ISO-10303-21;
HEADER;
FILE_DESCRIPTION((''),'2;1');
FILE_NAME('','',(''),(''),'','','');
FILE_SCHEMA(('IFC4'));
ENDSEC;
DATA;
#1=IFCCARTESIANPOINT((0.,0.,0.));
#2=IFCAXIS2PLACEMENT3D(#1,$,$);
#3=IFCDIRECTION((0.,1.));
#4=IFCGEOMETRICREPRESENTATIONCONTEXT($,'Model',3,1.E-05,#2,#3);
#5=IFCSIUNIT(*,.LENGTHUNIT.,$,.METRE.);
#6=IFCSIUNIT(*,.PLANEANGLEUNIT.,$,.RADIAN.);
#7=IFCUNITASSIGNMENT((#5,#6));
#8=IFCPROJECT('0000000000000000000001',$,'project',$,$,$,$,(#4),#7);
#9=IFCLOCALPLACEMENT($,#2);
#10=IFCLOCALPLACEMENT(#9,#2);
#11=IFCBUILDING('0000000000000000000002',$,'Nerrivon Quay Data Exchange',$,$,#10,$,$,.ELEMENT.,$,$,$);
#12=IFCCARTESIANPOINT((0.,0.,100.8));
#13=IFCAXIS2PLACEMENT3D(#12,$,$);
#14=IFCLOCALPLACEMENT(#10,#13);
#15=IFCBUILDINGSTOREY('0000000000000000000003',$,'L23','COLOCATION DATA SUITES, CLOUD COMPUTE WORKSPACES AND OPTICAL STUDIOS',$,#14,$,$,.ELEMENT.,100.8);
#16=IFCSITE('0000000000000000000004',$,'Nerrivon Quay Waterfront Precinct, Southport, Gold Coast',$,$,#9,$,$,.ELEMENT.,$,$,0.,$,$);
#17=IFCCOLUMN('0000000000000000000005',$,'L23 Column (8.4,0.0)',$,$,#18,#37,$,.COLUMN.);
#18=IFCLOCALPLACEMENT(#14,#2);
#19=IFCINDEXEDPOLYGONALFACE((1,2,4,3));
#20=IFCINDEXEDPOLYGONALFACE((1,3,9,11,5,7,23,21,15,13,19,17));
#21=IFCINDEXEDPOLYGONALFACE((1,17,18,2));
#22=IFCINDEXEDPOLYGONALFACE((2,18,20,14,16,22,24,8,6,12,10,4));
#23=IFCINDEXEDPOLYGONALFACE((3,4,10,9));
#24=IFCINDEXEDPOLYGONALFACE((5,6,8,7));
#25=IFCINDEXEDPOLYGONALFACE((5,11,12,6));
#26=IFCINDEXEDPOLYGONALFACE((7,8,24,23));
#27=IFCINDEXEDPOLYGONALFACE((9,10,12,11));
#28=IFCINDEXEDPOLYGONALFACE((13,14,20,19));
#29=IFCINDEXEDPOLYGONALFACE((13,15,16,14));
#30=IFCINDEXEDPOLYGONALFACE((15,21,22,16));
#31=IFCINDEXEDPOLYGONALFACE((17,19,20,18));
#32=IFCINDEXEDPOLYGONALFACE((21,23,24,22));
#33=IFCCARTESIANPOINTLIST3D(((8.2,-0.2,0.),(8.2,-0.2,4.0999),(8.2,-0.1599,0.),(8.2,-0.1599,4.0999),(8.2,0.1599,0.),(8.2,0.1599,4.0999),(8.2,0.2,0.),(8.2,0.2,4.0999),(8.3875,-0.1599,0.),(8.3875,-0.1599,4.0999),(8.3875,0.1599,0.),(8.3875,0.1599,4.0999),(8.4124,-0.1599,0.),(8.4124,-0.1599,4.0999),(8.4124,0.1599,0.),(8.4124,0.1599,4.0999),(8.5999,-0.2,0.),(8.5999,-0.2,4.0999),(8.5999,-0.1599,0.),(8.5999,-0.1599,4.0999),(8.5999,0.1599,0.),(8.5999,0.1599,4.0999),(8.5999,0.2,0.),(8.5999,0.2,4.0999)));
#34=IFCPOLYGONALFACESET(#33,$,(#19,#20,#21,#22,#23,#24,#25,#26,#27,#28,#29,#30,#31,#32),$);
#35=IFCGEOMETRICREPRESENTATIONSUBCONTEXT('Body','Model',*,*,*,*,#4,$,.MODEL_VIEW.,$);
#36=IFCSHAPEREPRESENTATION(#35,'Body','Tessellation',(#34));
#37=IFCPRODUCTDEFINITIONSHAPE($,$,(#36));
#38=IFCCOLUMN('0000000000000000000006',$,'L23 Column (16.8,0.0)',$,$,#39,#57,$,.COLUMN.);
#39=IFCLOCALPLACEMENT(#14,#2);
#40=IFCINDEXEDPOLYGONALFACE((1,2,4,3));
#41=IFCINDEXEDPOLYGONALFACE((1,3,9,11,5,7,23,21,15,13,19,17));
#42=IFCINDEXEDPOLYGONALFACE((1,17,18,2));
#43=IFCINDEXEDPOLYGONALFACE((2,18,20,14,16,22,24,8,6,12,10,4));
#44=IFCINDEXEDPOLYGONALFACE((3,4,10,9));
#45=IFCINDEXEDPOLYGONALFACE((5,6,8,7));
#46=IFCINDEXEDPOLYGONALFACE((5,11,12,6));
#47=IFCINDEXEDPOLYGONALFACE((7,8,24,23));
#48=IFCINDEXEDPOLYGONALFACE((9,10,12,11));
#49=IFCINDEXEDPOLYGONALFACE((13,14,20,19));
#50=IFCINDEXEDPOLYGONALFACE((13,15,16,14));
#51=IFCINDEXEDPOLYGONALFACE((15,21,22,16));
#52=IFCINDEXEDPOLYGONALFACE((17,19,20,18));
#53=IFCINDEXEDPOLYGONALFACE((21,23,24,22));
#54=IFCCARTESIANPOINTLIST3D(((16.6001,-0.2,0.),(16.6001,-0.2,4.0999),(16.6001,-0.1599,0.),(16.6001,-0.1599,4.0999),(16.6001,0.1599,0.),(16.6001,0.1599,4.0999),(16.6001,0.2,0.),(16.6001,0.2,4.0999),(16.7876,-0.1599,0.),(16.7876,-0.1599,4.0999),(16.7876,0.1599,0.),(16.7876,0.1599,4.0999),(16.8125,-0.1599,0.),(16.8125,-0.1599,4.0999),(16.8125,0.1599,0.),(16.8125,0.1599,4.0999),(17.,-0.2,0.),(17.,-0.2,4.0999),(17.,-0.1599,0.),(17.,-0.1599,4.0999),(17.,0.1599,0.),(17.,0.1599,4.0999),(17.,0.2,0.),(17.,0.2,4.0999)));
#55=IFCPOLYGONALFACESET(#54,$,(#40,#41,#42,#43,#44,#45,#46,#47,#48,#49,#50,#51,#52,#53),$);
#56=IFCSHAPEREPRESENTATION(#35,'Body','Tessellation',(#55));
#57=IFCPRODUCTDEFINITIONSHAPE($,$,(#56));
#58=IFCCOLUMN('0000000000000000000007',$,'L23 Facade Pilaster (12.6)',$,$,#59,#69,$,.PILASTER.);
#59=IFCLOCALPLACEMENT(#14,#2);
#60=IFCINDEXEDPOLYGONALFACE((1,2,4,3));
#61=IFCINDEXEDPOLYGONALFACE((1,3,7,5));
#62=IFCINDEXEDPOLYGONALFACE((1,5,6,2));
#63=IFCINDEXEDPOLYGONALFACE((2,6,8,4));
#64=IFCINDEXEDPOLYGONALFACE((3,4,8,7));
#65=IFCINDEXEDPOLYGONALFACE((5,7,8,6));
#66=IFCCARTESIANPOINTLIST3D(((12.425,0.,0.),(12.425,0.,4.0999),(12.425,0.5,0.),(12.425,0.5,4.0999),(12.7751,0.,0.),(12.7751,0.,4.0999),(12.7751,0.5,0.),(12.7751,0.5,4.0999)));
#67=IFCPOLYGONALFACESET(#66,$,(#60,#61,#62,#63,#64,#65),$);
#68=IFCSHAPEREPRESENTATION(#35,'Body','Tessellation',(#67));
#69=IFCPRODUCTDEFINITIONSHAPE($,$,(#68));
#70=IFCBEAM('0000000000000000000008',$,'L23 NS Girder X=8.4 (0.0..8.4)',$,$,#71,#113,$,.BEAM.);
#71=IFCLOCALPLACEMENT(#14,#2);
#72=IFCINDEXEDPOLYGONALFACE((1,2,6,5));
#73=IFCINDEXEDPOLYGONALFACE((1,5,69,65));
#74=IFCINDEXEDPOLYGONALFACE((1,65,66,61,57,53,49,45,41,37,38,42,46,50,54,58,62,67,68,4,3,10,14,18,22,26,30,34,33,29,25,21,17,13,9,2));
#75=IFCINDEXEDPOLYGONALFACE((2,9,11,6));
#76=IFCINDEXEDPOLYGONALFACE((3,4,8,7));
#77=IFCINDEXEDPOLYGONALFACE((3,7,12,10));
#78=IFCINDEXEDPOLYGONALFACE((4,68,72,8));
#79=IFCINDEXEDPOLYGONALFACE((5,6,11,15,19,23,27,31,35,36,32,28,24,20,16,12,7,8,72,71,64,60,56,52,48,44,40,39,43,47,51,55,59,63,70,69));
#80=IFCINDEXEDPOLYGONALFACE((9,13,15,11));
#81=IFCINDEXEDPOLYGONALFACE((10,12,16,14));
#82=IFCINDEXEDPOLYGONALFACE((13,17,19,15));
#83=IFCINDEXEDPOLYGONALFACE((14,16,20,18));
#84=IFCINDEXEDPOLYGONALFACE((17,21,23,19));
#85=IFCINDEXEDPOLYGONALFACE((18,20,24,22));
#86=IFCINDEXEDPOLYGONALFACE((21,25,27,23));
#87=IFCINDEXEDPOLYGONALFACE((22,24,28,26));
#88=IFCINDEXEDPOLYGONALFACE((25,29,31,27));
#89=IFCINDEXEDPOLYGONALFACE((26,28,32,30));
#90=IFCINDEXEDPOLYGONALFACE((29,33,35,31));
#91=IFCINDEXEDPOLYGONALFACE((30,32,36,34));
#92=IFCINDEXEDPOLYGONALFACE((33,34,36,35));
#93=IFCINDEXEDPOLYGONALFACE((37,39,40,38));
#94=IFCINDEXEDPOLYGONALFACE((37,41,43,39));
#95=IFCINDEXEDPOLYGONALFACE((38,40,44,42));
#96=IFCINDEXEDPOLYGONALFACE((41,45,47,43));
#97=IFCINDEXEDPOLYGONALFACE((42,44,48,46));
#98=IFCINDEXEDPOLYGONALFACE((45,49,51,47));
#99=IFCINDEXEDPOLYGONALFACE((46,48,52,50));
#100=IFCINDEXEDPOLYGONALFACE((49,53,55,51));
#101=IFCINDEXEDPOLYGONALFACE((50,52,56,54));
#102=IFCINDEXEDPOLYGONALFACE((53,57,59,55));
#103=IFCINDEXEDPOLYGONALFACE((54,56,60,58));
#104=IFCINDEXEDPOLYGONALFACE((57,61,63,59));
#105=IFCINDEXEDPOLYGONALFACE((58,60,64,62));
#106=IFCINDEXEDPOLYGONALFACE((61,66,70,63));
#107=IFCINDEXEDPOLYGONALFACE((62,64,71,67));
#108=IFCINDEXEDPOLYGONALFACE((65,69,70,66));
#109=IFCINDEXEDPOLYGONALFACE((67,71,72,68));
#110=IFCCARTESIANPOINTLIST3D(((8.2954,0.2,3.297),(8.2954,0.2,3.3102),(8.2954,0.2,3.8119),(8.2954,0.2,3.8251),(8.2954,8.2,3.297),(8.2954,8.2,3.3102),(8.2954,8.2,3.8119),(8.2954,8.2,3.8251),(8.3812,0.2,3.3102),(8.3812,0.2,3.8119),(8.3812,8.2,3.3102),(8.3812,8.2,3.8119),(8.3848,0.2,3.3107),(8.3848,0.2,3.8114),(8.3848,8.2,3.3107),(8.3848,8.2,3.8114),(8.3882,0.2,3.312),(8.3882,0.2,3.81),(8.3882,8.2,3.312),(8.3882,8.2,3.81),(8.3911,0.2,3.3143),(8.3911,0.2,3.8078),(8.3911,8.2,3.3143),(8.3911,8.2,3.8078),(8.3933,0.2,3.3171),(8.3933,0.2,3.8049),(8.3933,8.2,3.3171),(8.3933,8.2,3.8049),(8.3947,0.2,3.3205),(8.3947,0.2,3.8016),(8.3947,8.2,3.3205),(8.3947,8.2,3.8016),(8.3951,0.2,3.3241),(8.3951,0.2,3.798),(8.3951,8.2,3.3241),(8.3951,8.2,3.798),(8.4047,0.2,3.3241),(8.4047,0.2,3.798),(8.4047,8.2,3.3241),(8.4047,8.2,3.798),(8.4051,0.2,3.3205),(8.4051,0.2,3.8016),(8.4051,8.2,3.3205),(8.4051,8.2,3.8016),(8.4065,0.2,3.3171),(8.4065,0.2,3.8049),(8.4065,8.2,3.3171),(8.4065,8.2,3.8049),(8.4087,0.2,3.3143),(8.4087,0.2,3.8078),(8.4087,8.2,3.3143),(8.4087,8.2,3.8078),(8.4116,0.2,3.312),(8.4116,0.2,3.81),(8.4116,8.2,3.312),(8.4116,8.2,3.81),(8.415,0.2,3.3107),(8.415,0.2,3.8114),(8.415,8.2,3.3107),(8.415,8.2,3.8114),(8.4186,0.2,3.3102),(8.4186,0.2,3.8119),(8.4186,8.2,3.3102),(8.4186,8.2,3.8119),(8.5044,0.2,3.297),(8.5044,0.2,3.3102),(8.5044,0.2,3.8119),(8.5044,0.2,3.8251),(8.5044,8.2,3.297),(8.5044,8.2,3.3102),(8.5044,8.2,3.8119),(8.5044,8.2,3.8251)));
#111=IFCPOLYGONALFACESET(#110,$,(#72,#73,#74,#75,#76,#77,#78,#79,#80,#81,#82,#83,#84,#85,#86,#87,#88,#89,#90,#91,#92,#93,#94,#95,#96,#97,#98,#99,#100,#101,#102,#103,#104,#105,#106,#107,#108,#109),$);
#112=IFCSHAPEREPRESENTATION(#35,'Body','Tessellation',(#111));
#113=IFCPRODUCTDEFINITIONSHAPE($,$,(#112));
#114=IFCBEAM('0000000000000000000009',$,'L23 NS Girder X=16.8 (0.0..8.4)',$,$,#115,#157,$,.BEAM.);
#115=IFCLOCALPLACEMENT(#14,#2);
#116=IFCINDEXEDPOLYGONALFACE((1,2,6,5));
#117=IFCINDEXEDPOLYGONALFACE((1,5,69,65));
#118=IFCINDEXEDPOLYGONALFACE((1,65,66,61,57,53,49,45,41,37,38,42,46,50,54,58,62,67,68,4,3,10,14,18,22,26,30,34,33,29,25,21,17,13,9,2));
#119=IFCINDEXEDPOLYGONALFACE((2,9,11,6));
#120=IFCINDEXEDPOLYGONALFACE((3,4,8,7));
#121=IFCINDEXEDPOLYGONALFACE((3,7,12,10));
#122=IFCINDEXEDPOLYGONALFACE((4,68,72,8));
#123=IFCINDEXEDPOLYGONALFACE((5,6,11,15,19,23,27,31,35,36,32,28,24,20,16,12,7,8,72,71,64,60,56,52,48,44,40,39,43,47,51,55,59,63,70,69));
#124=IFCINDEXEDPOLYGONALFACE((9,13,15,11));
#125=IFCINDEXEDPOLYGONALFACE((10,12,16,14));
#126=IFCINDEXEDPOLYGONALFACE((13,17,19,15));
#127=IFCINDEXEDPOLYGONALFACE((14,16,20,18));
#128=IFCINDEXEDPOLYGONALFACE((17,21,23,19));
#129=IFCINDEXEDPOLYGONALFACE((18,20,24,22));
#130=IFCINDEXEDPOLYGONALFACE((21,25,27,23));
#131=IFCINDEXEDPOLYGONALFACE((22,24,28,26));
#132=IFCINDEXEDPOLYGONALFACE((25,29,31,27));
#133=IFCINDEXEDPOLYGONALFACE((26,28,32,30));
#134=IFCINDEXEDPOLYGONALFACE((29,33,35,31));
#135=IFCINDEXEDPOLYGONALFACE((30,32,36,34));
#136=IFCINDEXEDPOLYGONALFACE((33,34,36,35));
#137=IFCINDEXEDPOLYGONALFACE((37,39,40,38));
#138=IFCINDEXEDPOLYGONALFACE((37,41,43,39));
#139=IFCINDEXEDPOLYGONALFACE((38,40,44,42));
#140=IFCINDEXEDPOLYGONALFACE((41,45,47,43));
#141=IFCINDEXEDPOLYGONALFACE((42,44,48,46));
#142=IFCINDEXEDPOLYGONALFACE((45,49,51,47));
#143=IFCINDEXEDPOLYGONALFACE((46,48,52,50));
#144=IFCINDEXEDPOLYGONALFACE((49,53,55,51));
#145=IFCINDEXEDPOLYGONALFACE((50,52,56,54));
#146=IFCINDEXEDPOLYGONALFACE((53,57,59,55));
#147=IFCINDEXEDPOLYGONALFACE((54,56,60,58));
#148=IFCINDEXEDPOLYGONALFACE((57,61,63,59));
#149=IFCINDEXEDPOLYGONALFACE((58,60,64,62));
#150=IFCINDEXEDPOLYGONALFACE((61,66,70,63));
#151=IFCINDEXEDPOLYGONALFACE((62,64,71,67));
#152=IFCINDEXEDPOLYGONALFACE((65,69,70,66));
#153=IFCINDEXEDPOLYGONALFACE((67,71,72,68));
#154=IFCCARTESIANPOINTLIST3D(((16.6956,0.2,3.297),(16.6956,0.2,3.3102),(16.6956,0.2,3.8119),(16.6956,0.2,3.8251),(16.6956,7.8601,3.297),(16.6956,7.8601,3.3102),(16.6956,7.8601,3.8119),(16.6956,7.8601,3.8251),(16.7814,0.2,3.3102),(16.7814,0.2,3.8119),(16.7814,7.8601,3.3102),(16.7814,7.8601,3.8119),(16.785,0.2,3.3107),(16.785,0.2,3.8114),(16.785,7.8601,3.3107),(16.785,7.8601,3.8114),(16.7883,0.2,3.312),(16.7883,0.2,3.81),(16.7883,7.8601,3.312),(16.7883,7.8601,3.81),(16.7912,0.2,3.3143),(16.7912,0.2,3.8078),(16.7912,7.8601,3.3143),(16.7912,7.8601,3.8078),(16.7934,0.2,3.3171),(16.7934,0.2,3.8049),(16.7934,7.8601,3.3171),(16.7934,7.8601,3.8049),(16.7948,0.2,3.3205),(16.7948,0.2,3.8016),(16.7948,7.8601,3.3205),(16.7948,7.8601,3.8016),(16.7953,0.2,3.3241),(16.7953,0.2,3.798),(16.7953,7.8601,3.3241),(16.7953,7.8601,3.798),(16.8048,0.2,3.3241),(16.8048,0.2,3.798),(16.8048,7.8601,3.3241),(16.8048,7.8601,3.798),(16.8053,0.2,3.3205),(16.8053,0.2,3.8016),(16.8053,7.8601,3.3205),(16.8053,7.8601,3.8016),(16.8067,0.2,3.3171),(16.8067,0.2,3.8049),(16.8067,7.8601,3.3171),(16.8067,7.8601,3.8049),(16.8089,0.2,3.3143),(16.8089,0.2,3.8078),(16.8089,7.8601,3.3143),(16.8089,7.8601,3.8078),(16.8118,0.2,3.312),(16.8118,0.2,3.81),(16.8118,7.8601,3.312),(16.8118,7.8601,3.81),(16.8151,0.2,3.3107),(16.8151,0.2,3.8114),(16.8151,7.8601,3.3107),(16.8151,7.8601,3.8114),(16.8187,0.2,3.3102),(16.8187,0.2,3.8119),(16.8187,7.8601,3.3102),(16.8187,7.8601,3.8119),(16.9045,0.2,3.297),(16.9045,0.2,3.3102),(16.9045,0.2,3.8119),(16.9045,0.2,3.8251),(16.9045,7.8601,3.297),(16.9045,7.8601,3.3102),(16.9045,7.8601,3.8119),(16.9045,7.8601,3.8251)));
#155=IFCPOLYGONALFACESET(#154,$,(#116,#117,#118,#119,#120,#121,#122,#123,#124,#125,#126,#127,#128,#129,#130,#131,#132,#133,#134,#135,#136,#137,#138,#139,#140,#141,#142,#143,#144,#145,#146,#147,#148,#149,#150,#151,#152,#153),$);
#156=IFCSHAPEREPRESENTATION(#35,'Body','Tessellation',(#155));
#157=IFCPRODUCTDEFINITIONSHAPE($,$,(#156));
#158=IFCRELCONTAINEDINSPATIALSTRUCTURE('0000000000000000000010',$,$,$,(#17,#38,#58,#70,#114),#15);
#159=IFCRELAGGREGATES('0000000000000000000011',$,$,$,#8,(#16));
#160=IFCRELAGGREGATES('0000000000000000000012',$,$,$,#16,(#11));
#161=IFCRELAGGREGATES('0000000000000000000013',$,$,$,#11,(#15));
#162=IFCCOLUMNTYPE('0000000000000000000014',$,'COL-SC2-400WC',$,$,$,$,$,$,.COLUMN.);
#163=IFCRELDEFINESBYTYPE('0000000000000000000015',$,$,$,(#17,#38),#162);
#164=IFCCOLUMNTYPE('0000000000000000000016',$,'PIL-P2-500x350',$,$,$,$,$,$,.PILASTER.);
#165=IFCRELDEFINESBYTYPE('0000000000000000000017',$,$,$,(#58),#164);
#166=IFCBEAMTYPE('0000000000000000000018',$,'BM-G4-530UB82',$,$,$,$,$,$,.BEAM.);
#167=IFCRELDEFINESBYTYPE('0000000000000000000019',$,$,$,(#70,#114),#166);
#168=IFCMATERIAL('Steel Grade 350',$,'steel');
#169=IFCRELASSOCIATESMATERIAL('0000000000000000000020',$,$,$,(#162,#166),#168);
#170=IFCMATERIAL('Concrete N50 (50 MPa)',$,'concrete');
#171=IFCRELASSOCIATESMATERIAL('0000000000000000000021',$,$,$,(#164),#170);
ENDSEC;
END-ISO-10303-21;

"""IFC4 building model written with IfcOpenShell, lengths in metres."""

from ifc_helpers import new_model, si_unit, direction, frame, origin, origin_2d, place, context, subcontext, project, spatial, rectangle, i_section, extrude, material, material_profile, profile_set, type_object, element, save


model = new_model("IFC4")

# Units and contexts
model_context = context("Model", 3, precision=1e-05, world=origin(), true_north=direction((0.0, 1.0)))
body_context = subcontext(model_context, "Body", "Model", "MODEL_VIEW")
ifc_project = project(units=[si_unit("LENGTHUNIT", "METRE"), si_unit("PLANEANGLEUNIT", "RADIAN")], contexts=[model_context])

# Site, building, storey
site_placement = place(None, origin())
site = spatial("IfcSite", under=ifc_project, at=site_placement, Name="Nerrivon Quay Waterfront Precinct, Southport, Gold Coast", CompositionType="ELEMENT", RefElevation=0.0)
building_placement = place(site_placement, origin())
building = spatial("IfcBuilding", under=site, at=building_placement, Name="Nerrivon Quay Data Exchange", CompositionType="ELEMENT")
storey_placement = place(building_placement, frame((0.0, 0.0, 100.8)))
storey = spatial("IfcBuildingStorey", under=building, at=storey_placement, Name="L23", Description="COLOCATION DATA SUITES, CLOUD COMPUTE WORKSPACES AND OPTICAL STUDIOS", CompositionType="ELEMENT", Elevation=100.8)

# Columns
ifc_material_1 = material(Name="Steel Grade 350", Category="steel")
ifc_material_profile_1 = material_profile(ifc_material_1, i_section(OverallWidth=0.3999, OverallDepth=0.3999, WebThickness=0.0249, FlangeThickness=0.04, at=origin_2d()), Name="400WC328")
ifc_profile_set_1 = profile_set([ifc_material_profile_1], Name="Steel Grade 350")
column_type_1 = type_object("IfcColumnType", Name="COL-SC2-400WC", PredefinedType="COLUMN", material=ifc_profile_set_1)
for number, where, z_axis, x_axis, name in (
    (1, (8.3999, 0.0, 0.0), (0.0, 0.0, 1.0), (1.0, 0.0, 0.0), "L23 Column (8.4,0.0)"),
    (2, (16.8, 0.0, 0.0), (0.0, 0.0, 1.0), (1.0, 0.0, 0.0), "L23 Column (16.8,0.0)"),
):
    element("IfcColumn", number, at=place(storey_placement, frame(where, z_axis=z_axis, x_axis=x_axis)), inside=storey, type_object=column_type_1, Name=name, PredefinedType="COLUMN", context=body_context, shape_type="SweptSolid", body=[
        extrude(i_section(OverallWidth=0.3999, OverallDepth=0.3999, WebThickness=0.0249, FlangeThickness=0.04, at=origin_2d()), origin(), (0.0, 0.0, 1.0), 4.0999),
    ])
ifc_material_2 = material(Name="Concrete N50 (50 MPa)", Category="concrete")
ifc_material_profile_2 = material_profile(ifc_material_2, rectangle(XDim=0.3501, YDim=0.5, at=origin_2d()), Name="RC-PIL-500x350")
ifc_profile_set_2 = profile_set([ifc_material_profile_2], Name="Concrete N50 (50 MPa)")
column_type_2 = type_object("IfcColumnType", Name="PIL-P2-500x350", PredefinedType="PILASTER", material=ifc_profile_set_2)
column_placement = place(storey_placement, frame((12.6001, 0.25, 0.0), z_axis=(0.0, 0.0, 1.0), x_axis=(1.0, 0.0, 0.0)))
element("IfcColumn", 3, at=column_placement, inside=storey, type_object=column_type_2, Name="L23 Facade Pilaster (12.6)", PredefinedType="PILASTER", context=body_context, shape_type="SweptSolid", body=[
    extrude(rectangle(XDim=0.3501, YDim=0.5, at=origin_2d()), origin(), (0.0, 0.0, 1.0), 4.0999),
])

# Beams
ifc_material_profile_3 = material_profile(ifc_material_1, i_section(OverallWidth=0.209, OverallDepth=0.5281, WebThickness=0.0095, FlangeThickness=0.0132, FilletRadius=0.0139, at=origin_2d()), Name="530UB82.0")
ifc_profile_set_3 = profile_set([ifc_material_profile_3], Name="Steel Grade 350")
beam_type_1 = type_object("IfcBeamType", Name="BM-G4-530UB82", PredefinedType="BEAM", material=ifc_profile_set_3)
beam_1_placement = place(storey_placement, frame((8.3999, 0.2, 3.561), z_axis=(0.0, 1.0, 0.0), x_axis=(-1.0, 0.0, 0.0)))
element("IfcBeam", 4, at=beam_1_placement, inside=storey, type_object=beam_type_1, Name="L23 NS Girder X=8.4 (0.0..8.4)", PredefinedType="BEAM", context=body_context, shape_type="SweptSolid", body=[
    extrude(i_section(OverallWidth=0.209, OverallDepth=0.5281, WebThickness=0.0095, FlangeThickness=0.0132, FilletRadius=0.0139, at=origin_2d()), origin(), (0.0, 0.0, 1.0), 8.0),
])
beam_2_placement = place(storey_placement, frame((16.8, 0.2, 3.561), z_axis=(0.0, 1.0, 0.0), x_axis=(-1.0, 0.0, 0.0)))
element("IfcBeam", 5, at=beam_2_placement, inside=storey, type_object=beam_type_1, Name="L23 NS Girder X=16.8 (0.0..8.4)", PredefinedType="BEAM", context=body_context, shape_type="SweptSolid", body=[
    extrude(i_section(OverallWidth=0.209, OverallDepth=0.5281, WebThickness=0.0095, FlangeThickness=0.0132, FilletRadius=0.0139, at=origin_2d()), origin(), (0.0, 0.0, 1.0), 7.6602),
])

save(model, "model.ifc")
